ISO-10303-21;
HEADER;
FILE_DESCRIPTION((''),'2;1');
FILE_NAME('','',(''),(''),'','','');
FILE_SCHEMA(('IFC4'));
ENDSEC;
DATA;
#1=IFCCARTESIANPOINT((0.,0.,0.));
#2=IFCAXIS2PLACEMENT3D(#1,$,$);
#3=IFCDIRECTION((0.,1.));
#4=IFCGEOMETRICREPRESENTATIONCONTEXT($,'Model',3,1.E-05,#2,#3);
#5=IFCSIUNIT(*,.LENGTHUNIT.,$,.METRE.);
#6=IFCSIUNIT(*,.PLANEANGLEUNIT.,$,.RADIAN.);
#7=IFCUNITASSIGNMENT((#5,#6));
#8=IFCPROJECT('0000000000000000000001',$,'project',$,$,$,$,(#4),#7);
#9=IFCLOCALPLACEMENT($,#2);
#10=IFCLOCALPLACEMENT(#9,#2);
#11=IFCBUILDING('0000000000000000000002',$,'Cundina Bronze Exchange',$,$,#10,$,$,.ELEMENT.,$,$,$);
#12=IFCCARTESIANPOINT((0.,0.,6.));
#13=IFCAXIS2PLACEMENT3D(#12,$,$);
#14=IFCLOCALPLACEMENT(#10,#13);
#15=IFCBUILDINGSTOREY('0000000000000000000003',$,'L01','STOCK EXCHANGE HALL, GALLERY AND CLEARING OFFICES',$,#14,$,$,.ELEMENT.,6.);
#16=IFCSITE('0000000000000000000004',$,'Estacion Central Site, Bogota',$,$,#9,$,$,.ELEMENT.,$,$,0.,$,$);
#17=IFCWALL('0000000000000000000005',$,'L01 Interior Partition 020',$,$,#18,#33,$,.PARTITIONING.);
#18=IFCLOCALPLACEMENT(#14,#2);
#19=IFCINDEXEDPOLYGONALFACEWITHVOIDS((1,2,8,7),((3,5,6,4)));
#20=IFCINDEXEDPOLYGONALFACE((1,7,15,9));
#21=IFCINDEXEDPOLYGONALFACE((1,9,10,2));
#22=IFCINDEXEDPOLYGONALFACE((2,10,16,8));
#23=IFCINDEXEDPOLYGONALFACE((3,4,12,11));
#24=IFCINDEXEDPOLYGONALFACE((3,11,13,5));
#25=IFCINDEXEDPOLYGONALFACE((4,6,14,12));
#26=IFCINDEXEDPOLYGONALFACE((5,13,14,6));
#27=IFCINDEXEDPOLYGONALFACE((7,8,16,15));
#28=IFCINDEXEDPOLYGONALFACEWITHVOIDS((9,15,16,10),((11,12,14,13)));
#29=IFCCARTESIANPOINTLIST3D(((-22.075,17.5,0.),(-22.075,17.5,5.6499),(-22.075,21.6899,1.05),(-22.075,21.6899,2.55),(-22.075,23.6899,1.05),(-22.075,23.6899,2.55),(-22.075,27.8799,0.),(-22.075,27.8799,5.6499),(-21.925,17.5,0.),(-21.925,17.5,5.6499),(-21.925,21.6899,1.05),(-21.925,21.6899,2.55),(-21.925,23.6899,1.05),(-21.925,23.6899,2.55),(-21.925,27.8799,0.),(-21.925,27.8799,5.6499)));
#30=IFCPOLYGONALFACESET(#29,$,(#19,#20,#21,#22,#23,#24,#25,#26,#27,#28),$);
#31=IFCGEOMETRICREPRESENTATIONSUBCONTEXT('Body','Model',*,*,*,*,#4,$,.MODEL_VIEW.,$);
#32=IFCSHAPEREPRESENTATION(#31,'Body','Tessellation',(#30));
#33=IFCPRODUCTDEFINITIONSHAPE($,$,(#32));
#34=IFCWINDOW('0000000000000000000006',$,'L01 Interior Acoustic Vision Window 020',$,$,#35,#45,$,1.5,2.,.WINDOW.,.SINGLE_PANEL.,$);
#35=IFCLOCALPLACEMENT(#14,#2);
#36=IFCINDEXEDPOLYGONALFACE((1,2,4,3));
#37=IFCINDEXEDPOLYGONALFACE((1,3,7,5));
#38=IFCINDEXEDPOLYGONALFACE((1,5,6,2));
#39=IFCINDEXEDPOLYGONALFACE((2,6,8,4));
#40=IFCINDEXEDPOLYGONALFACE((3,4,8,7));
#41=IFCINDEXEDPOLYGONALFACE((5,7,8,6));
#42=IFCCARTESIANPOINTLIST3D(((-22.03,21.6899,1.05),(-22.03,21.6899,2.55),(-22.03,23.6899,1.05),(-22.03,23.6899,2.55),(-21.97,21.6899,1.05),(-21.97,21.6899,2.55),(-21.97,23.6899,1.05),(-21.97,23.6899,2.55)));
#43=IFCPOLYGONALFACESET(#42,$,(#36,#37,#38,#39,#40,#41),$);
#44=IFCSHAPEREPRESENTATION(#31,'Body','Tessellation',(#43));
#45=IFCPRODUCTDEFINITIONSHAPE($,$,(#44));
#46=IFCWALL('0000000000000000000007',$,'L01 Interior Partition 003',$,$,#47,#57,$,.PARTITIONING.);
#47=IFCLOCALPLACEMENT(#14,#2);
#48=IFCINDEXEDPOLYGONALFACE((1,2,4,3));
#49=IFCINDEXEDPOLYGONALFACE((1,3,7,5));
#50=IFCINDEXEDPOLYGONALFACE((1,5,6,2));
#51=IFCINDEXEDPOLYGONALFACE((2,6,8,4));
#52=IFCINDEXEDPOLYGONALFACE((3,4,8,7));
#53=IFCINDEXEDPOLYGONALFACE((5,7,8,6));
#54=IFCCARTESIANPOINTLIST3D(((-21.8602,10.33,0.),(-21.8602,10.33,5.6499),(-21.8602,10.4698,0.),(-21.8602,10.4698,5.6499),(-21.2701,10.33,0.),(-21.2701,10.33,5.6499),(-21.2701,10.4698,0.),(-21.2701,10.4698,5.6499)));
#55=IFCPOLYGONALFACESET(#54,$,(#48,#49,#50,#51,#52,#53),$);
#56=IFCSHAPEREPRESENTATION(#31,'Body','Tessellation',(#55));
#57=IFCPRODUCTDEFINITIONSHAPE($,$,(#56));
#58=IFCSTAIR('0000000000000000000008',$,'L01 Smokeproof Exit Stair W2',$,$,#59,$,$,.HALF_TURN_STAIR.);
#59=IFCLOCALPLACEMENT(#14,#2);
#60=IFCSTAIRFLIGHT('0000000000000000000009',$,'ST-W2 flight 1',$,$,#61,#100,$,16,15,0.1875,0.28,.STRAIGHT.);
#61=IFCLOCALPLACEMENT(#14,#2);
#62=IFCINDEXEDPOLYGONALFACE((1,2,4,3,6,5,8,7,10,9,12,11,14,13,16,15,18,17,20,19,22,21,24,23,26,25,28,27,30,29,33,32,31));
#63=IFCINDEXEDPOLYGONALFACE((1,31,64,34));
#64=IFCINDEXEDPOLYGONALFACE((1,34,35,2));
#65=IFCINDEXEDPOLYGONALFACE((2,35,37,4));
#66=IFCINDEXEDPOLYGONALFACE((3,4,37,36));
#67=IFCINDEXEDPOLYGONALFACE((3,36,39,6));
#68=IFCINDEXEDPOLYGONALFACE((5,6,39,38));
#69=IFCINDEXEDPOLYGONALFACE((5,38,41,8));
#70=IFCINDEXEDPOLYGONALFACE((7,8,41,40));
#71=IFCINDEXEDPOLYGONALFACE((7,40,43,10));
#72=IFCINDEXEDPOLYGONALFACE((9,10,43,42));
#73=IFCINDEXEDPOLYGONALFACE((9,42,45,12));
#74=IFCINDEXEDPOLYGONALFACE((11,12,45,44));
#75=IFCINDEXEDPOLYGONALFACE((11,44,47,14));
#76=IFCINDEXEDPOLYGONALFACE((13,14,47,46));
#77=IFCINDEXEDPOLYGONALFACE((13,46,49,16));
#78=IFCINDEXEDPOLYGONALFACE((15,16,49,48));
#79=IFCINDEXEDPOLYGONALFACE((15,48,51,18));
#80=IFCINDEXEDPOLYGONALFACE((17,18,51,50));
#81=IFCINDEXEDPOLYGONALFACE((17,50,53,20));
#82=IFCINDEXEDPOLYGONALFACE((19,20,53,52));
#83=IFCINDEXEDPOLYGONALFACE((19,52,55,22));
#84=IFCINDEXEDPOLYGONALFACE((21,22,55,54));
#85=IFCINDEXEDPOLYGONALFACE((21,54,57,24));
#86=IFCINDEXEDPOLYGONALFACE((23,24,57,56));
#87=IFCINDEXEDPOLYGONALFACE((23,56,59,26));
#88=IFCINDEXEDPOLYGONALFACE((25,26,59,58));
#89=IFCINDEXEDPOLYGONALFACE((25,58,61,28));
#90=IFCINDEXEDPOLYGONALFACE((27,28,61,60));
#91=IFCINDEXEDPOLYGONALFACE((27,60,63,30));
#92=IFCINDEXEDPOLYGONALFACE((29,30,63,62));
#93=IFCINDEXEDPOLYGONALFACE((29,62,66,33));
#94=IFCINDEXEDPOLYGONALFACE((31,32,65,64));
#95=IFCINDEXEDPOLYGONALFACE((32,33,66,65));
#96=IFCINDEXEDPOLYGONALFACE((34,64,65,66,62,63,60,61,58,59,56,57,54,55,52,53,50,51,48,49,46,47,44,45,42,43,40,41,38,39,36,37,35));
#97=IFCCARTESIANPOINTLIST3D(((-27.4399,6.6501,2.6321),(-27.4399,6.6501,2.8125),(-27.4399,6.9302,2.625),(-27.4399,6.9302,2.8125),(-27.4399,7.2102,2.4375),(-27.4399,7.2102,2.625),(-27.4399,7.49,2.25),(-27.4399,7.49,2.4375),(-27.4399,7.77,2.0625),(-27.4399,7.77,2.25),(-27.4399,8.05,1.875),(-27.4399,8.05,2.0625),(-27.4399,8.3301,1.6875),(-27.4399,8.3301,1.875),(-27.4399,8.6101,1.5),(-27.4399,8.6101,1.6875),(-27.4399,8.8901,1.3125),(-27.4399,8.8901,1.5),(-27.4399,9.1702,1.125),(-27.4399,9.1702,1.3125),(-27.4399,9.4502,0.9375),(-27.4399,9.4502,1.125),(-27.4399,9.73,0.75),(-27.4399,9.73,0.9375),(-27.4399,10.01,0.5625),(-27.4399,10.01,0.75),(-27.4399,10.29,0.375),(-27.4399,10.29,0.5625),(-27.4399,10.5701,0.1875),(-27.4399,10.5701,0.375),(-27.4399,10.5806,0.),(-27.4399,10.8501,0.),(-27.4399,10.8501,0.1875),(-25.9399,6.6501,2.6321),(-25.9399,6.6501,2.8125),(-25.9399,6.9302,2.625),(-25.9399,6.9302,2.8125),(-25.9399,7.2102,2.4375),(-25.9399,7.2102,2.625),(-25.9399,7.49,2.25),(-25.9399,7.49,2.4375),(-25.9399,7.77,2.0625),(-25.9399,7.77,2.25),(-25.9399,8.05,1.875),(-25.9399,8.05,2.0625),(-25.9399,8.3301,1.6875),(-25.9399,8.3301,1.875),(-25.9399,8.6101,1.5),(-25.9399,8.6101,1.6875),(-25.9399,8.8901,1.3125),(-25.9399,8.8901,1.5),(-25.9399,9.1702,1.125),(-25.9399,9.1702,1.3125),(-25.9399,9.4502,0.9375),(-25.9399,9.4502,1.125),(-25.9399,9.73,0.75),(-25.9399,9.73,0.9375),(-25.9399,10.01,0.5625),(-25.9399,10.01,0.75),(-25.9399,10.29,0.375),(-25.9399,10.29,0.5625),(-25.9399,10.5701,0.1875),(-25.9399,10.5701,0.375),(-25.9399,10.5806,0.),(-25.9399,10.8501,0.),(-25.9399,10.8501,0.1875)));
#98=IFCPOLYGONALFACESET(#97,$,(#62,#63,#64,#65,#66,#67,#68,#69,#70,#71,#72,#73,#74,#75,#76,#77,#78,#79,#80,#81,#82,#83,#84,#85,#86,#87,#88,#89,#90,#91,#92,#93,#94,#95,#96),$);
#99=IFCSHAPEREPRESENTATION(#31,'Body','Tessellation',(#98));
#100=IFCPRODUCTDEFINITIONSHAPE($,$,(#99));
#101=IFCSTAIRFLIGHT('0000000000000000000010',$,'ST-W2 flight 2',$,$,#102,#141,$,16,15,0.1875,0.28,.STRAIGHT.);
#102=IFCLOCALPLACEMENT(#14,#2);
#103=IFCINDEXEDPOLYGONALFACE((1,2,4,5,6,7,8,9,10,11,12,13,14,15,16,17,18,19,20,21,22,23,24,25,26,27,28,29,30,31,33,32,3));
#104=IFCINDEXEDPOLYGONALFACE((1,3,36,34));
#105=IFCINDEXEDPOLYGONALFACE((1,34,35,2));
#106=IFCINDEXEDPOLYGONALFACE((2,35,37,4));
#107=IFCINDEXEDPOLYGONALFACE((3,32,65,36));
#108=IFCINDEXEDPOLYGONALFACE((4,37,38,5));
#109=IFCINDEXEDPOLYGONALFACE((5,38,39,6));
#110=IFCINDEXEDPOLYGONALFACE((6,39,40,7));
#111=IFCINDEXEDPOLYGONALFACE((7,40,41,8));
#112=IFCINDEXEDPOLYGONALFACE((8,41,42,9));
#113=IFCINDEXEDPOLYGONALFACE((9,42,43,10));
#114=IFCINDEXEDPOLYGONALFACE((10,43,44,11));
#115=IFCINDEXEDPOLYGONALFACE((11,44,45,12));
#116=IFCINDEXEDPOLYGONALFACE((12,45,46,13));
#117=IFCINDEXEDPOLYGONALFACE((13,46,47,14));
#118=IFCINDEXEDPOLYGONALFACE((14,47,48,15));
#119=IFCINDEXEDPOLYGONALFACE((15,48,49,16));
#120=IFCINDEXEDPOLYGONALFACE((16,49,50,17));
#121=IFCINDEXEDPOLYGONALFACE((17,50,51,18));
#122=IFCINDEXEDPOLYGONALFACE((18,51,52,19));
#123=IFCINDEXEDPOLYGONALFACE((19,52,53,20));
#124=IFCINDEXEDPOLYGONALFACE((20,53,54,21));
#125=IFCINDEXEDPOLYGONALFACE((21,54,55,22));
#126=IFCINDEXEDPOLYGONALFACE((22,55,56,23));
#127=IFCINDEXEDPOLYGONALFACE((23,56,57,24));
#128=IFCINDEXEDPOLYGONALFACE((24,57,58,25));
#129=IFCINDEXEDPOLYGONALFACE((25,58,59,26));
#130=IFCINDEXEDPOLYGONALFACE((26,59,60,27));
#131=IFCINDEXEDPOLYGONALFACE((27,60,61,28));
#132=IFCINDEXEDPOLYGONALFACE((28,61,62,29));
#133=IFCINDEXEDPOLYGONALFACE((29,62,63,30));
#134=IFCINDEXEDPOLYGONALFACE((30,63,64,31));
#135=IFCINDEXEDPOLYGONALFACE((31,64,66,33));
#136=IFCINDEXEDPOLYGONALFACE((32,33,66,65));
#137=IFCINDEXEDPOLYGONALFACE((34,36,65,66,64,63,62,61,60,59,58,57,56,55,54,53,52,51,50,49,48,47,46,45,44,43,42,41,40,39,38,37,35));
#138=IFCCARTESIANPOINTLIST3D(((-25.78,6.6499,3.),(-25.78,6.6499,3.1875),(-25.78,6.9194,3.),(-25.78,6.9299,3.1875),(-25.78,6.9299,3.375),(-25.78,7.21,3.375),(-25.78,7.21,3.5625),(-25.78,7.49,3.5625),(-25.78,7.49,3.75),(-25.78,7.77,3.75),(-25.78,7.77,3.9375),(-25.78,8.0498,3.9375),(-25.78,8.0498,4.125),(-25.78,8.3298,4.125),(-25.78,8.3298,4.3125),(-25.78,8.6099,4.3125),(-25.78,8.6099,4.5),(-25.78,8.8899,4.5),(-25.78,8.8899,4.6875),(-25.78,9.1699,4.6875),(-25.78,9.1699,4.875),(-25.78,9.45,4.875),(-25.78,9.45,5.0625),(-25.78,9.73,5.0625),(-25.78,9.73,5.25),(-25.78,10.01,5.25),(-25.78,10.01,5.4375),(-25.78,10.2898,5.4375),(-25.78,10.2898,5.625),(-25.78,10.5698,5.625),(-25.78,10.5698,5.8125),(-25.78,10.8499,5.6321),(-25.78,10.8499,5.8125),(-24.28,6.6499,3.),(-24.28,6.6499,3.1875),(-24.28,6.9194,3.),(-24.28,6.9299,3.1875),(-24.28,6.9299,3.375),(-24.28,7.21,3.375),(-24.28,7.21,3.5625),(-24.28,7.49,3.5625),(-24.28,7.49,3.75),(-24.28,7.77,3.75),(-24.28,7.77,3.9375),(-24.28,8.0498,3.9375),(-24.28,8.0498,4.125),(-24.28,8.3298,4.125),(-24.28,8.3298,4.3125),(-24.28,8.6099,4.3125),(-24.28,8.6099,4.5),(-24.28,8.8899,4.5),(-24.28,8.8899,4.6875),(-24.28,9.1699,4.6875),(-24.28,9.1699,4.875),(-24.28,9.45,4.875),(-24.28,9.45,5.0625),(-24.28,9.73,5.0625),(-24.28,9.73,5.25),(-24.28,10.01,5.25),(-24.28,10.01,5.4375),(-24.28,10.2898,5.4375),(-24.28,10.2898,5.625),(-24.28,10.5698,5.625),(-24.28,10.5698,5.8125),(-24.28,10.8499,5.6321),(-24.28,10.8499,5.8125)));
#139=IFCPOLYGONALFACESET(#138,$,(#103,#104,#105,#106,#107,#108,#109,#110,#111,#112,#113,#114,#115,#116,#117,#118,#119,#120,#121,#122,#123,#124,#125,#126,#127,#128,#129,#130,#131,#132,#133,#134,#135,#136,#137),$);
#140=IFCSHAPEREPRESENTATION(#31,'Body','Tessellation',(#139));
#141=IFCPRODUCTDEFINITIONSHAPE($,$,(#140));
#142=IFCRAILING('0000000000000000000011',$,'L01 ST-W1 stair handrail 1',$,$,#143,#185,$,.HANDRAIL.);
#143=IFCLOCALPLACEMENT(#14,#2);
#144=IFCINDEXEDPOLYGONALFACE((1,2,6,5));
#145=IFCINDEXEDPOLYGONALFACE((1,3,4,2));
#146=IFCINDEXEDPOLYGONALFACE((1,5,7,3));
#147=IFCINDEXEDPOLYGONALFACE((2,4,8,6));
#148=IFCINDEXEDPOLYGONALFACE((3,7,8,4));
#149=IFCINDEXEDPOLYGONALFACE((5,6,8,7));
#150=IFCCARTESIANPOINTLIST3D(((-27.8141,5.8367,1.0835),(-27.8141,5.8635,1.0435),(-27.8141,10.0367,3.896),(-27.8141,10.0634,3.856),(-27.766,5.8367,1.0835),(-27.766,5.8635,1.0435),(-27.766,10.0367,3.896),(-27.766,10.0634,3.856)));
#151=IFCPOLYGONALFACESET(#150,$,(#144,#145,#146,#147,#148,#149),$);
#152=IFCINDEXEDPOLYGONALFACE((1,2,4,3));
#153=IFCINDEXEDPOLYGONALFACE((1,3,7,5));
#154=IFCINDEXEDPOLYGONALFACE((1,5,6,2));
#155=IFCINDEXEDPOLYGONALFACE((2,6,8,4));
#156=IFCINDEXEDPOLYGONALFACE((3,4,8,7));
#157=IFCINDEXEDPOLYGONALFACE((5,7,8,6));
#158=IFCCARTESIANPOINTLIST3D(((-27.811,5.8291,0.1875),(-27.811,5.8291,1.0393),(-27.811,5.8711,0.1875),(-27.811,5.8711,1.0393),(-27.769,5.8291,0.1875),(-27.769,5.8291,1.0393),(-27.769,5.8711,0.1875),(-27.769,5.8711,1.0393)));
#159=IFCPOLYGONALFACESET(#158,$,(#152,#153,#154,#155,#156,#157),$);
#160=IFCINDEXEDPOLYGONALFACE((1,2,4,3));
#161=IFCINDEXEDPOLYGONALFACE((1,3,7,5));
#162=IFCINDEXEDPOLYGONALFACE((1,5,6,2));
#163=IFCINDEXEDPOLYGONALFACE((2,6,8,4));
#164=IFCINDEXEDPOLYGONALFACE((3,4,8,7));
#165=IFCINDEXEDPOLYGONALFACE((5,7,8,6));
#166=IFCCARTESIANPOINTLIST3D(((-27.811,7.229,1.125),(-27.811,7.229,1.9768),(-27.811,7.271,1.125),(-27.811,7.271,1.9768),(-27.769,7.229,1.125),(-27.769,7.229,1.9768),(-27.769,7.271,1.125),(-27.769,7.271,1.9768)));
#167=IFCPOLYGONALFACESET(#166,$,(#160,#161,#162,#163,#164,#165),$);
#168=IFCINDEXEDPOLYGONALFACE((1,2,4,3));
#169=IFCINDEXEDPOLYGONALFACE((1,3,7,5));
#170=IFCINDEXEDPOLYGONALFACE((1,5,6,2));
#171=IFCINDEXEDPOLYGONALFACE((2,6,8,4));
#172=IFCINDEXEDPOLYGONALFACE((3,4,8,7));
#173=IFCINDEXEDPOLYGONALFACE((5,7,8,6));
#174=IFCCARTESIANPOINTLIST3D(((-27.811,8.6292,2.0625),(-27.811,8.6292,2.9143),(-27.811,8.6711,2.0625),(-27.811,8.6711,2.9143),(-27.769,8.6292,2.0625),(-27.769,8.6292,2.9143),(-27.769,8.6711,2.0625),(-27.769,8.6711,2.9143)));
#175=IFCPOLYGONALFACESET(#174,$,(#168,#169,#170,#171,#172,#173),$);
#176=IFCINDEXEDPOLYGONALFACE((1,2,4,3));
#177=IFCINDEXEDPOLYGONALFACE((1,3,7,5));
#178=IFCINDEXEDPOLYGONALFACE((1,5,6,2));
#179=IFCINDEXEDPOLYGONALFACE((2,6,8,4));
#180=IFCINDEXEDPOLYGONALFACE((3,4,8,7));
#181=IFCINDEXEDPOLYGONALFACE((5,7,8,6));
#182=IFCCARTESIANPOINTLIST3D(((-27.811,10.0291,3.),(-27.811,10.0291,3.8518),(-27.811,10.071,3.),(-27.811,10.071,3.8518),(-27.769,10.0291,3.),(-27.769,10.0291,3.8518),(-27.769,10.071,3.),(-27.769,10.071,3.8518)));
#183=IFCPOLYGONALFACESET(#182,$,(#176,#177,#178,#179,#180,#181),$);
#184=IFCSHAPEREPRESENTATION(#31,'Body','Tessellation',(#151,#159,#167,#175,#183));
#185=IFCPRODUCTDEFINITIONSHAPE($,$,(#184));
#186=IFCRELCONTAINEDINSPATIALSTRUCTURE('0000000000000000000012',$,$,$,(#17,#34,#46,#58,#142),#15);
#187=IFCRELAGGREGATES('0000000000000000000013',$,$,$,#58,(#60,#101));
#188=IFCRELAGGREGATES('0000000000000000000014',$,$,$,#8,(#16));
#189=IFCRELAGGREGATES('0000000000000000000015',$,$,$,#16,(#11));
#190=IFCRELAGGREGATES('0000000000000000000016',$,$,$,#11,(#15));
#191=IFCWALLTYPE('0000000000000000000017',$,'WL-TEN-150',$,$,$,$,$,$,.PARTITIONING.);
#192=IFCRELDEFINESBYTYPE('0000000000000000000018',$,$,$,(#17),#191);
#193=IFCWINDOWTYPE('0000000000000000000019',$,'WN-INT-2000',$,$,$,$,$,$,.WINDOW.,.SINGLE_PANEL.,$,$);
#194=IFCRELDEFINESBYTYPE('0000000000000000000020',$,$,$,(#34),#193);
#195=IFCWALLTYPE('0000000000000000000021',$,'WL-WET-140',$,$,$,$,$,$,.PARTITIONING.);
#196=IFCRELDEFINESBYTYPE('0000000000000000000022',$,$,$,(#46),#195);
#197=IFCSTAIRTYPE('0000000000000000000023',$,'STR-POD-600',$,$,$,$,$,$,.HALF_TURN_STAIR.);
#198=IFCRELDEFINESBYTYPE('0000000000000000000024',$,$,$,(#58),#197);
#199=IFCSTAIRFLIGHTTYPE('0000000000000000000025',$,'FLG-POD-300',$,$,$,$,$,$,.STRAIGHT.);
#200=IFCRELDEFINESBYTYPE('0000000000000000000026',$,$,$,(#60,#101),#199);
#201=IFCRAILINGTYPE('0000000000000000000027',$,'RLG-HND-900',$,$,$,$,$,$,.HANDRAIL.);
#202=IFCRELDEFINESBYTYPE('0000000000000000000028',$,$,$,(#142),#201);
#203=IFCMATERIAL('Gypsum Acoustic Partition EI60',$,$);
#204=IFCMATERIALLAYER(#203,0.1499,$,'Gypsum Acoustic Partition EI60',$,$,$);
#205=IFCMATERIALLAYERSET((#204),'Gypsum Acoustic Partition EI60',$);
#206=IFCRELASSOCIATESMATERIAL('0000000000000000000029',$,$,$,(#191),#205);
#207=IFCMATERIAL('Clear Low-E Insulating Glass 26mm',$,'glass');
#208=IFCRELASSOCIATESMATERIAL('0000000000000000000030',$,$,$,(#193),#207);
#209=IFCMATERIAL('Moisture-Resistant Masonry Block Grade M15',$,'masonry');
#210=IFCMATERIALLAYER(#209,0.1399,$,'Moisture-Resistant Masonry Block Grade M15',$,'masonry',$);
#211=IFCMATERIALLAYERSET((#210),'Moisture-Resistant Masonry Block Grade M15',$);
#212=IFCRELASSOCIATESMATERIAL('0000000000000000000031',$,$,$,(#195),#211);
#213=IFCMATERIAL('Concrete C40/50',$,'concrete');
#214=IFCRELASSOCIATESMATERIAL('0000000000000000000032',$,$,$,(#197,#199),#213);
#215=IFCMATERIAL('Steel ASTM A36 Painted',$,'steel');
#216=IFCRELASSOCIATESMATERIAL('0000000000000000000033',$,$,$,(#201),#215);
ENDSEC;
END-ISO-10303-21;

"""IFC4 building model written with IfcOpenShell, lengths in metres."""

from ifc_helpers import new_model, si_unit, direction, frame, frame_2d, origin, origin_2d, place, context, subcontext, project, spatial, polyline, rectangle, outline, extrude, material, layer, layer_set, type_object, element, fill, aggregate, save


model = new_model("IFC4")

# Units and contexts
model_context = context("Model", 3, precision=1e-05, world=origin(), true_north=direction((0.0, 1.0)))
body_context = subcontext(model_context, "Body", "Model", "MODEL_VIEW")
ifc_project = project(units=[si_unit("LENGTHUNIT", "METRE"), si_unit("PLANEANGLEUNIT", "RADIAN")], contexts=[model_context])

# Site, building, storey
site_placement = place(None, origin())
site = spatial("IfcSite", under=ifc_project, at=site_placement, Name="Estacion Central Site, Bogota", CompositionType="ELEMENT", RefElevation=0.0)
building_placement = place(site_placement, origin())
building = spatial("IfcBuilding", under=site, at=building_placement, Name="Cundina Bronze Exchange", CompositionType="ELEMENT")
storey_placement = place(building_placement, frame((0.0, 0.0, 6.0)))
storey = spatial("IfcBuildingStorey", under=building, at=storey_placement, Name="L01", Description="STOCK EXCHANGE HALL, GALLERY AND CLEARING OFFICES", CompositionType="ELEMENT", Elevation=6.0)

# Shared definitions
ifc_material_1 = material(Name="Concrete C40/50", Category="concrete")

# Shared definitions
ifc_material_2 = material(Name="Steel ASTM A36 Painted", Category="steel")

# Wall, opening, window
ifc_material_3 = material(Name="Gypsum Acoustic Partition EI60")
ifc_layer_1 = layer(ifc_material_3, 0.1499, Name="Gypsum Acoustic Partition EI60")
ifc_layer_set_1 = layer_set([ifc_layer_1], Name="Gypsum Acoustic Partition EI60")
wall_type_1 = type_object("IfcWallType", Name="WL-TEN-150", PredefinedType="PARTITIONING", material=ifc_layer_set_1)
wall_1_placement = place(storey_placement, frame((-22.0, 17.5, 0.0), z_axis=(0.0, 0.0, 1.0), x_axis=(0.0, 1.0, 0.0)))
wall_1 = element("IfcWall", 1, at=wall_1_placement, inside=storey, type_object=wall_type_1, Name="L01 Interior Partition 020", PredefinedType="PARTITIONING", context=body_context, shape_type="SweptSolid", body=[
    extrude(rectangle(XDim=10.3799, YDim=0.1499, at=frame_2d((5.1899, 0.0))), origin(), (0.0, 0.0, 1.0), 5.6499),
])
opening_1_placement = place(wall_1_placement, frame((4.1899, 0.0, 1.05)))
opening_1 = element("IfcOpeningElement", 2, at=opening_1_placement, cuts=wall_1, PredefinedType="OPENING", context=body_context, shape_type="SweptSolid", body=[
    extrude(rectangle(XDim=2.0, YDim=1.5, at=frame_2d((1.0, 0.75))), frame((0.0, 0.085, 0.0), z_axis=(0.0, -1.0, 0.0), x_axis=(1.0, 0.0, 0.0)), (0.0, 0.0, 1.0), 0.1699),
])
ifc_material_4 = material(Name="Clear Low-E Insulating Glass 26mm", Category="glass")
window_type_1 = type_object("IfcWindowType", Name="WN-INT-2000", PartitioningType="SINGLE_PANEL", PredefinedType="WINDOW", material=ifc_material_4)
window_1_placement = place(opening_1_placement, origin())
window_1 = element("IfcWindow", 3, at=window_1_placement, inside=storey, type_object=window_type_1, Name="L01 Interior Acoustic Vision Window 020", OverallHeight=1.5, OverallWidth=2.0, PartitioningType="SINGLE_PANEL", PredefinedType="WINDOW", context=body_context, shape_type="SweptSolid", body=[
    extrude(rectangle(XDim=2.0, YDim=1.5, at=frame_2d((1.0, 0.75))), frame((0.0, 0.03, 0.0), z_axis=(0.0, -1.0, 0.0), x_axis=(1.0, 0.0, 0.0)), (0.0, 0.0, 1.0), 0.0601),
])
fill(opening_1, window_1)

# Wall
ifc_material_5 = material(Name="Moisture-Resistant Masonry Block Grade M15", Category="masonry")
ifc_layer_2 = layer(ifc_material_5, 0.1399, Name="Moisture-Resistant Masonry Block Grade M15", Category="masonry")
ifc_layer_set_2 = layer_set([ifc_layer_2], Name="Moisture-Resistant Masonry Block Grade M15")
wall_type_2 = type_object("IfcWallType", Name="WL-WET-140", PredefinedType="PARTITIONING", material=ifc_layer_set_2)
wall_2_placement = place(storey_placement, frame((-21.8601, 10.3999, 0.0), z_axis=(0.0, 0.0, 1.0), x_axis=(1.0, 0.0, 0.0)))
element("IfcWall", 4, at=wall_2_placement, inside=storey, type_object=wall_type_2, Name="L01 Interior Partition 003", PredefinedType="PARTITIONING", context=body_context, shape_type="SweptSolid", body=[
    extrude(rectangle(XDim=0.5901, YDim=0.1399, at=frame_2d((0.2949, 0.0))), origin(), (0.0, 0.0, 1.0), 5.6499),
])

# Stair, stair flights
stair_type = type_object("IfcStairType", Name="STR-POD-600", PredefinedType="HALF_TURN_STAIR", material=ifc_material_1)
stair_placement = place(storey_placement, origin())
stair = element("IfcStair", 5, at=stair_placement, inside=storey, type_object=stair_type, Name="L01 Smokeproof Exit Stair W2", PredefinedType="HALF_TURN_STAIR")
stair_flight_type = type_object("IfcStairFlightType", Name="FLG-POD-300", PredefinedType="STRAIGHT", material=ifc_material_1)
stair_flight_1_placement = place(storey_placement, frame((-26.6899, 10.8501, 0.0), z_axis=(0.0, 0.0, 1.0), x_axis=(0.0, -1.0, 0.0)))
stair_flight_1 = element("IfcStairFlight", 6, at=stair_flight_1_placement, type_object=stair_flight_type, Name="ST-W2 flight 1", NumberOfRisers=16, NumberOfTreads=15, PredefinedType="STRAIGHT", RiserHeight=0.1875, TreadLength=0.28, context=body_context, shape_type="SweptSolid", body=[
    extrude(outline(polyline([(0.0, 0.0), (0.0, 0.1875), (0.28, 0.1875), (0.28, 0.375), (0.5601, 0.375), (0.5601, 0.5625), (0.8401, 0.5625), (0.8401, 0.75), (1.1201, 0.75), (1.1201, 0.9375), (1.3999, 0.9375), (1.3999, 1.125), (1.6799, 1.125), (1.6799, 1.3125), (1.96, 1.3125), (1.96, 1.5), (2.24, 1.5), (2.24, 1.6875), (2.52, 1.6875), (2.52, 1.875), (2.8, 1.875), (2.8, 2.0625), (3.0801, 2.0625), (3.0801, 2.25), (3.3601, 2.25), (3.3601, 2.4375), (3.6399, 2.4375), (3.6399, 2.625), (3.9199, 2.625), (3.9199, 2.8125), (4.2, 2.8125), (4.2, 3.0), (4.2, 2.6321), (0.2695, 0.0), (0.0, 0.0)])), frame((0.0, 0.75, 0.0), z_axis=(0.0, -1.0, 0.0), x_axis=(1.0, 0.0, 0.0)), (0.0, 0.0, 1.0), 1.5),
])
stair_flight_2_placement = place(storey_placement, frame((-25.03, 6.6499, 3.0), z_axis=(0.0, 0.0, 1.0), x_axis=(0.0, 1.0, 0.0)))
stair_flight_2 = element("IfcStairFlight", 7, at=stair_flight_2_placement, type_object=stair_flight_type, Name="ST-W2 flight 2", NumberOfRisers=16, NumberOfTreads=15, PredefinedType="STRAIGHT", RiserHeight=0.1875, TreadLength=0.28, context=body_context, shape_type="SweptSolid", body=[
    extrude(outline(polyline([(0.0, 0.0), (0.0, 0.1875), (0.28, 0.1875), (0.28, 0.375), (0.5601, 0.375), (0.5601, 0.5625), (0.8401, 0.5625), (0.8401, 0.75), (1.1201, 0.75), (1.1201, 0.9375), (1.3999, 0.9375), (1.3999, 1.125), (1.6799, 1.125), (1.6799, 1.3125), (1.96, 1.3125), (1.96, 1.5), (2.24, 1.5), (2.24, 1.6875), (2.52, 1.6875), (2.52, 1.875), (2.8, 1.875), (2.8, 2.0625), (3.0801, 2.0625), (3.0801, 2.25), (3.3601, 2.25), (3.3601, 2.4375), (3.6399, 2.4375), (3.6399, 2.625), (3.9199, 2.625), (3.9199, 2.8125), (4.2, 2.8125), (4.2, 3.0), (4.2, 2.6321), (0.2695, 0.0), (0.0, 0.0)])), frame((0.0, 0.75, 0.0), z_axis=(0.0, -1.0, 0.0), x_axis=(1.0, 0.0, 0.0)), (0.0, 0.0, 1.0), 1.5),
])
aggregate(stair, [stair_flight_1, stair_flight_2])

# Railing
railing_type_1 = type_object("IfcRailingType", Name="RLG-HND-900", PredefinedType="HANDRAIL", material=ifc_material_2)
railing_1_placement = place(storey_placement, frame((-27.79, 5.8501, 0.1875)))
element("IfcRailing", 8, at=railing_1_placement, inside=storey, type_object=railing_type_1, Name="L01 ST-W1 stair handrail 1", PredefinedType="HANDRAIL", context=body_context, shape_type="SweptSolid", body=[
    extrude(rectangle(XDim=0.0481, YDim=0.0481, at=origin_2d()), frame((0.0, 0.0, 0.876), z_axis=(0.0, 0.830904, 0.556416), x_axis=(-1.0, 0.0, 0.0)), (0.0, 0.0, 1.0), 5.0547),
    extrude(rectangle(XDim=0.042, YDim=0.042, at=origin_2d()), origin(), (0.0, 0.0, 1.0), 0.8518),
    extrude(rectangle(XDim=0.042, YDim=0.042, at=origin_2d()), frame((0.0, 1.3999, 0.9375)), (0.0, 0.0, 1.0), 0.8518),
    extrude(rectangle(XDim=0.042, YDim=0.042, at=origin_2d()), frame((0.0, 2.8, 1.875)), (0.0, 0.0, 1.0), 0.8518),
    extrude(rectangle(XDim=0.042, YDim=0.042, at=origin_2d()), frame((0.0, 4.2, 2.8125)), (0.0, 0.0, 1.0), 0.8518),
])

save(model, "model.ifc")
